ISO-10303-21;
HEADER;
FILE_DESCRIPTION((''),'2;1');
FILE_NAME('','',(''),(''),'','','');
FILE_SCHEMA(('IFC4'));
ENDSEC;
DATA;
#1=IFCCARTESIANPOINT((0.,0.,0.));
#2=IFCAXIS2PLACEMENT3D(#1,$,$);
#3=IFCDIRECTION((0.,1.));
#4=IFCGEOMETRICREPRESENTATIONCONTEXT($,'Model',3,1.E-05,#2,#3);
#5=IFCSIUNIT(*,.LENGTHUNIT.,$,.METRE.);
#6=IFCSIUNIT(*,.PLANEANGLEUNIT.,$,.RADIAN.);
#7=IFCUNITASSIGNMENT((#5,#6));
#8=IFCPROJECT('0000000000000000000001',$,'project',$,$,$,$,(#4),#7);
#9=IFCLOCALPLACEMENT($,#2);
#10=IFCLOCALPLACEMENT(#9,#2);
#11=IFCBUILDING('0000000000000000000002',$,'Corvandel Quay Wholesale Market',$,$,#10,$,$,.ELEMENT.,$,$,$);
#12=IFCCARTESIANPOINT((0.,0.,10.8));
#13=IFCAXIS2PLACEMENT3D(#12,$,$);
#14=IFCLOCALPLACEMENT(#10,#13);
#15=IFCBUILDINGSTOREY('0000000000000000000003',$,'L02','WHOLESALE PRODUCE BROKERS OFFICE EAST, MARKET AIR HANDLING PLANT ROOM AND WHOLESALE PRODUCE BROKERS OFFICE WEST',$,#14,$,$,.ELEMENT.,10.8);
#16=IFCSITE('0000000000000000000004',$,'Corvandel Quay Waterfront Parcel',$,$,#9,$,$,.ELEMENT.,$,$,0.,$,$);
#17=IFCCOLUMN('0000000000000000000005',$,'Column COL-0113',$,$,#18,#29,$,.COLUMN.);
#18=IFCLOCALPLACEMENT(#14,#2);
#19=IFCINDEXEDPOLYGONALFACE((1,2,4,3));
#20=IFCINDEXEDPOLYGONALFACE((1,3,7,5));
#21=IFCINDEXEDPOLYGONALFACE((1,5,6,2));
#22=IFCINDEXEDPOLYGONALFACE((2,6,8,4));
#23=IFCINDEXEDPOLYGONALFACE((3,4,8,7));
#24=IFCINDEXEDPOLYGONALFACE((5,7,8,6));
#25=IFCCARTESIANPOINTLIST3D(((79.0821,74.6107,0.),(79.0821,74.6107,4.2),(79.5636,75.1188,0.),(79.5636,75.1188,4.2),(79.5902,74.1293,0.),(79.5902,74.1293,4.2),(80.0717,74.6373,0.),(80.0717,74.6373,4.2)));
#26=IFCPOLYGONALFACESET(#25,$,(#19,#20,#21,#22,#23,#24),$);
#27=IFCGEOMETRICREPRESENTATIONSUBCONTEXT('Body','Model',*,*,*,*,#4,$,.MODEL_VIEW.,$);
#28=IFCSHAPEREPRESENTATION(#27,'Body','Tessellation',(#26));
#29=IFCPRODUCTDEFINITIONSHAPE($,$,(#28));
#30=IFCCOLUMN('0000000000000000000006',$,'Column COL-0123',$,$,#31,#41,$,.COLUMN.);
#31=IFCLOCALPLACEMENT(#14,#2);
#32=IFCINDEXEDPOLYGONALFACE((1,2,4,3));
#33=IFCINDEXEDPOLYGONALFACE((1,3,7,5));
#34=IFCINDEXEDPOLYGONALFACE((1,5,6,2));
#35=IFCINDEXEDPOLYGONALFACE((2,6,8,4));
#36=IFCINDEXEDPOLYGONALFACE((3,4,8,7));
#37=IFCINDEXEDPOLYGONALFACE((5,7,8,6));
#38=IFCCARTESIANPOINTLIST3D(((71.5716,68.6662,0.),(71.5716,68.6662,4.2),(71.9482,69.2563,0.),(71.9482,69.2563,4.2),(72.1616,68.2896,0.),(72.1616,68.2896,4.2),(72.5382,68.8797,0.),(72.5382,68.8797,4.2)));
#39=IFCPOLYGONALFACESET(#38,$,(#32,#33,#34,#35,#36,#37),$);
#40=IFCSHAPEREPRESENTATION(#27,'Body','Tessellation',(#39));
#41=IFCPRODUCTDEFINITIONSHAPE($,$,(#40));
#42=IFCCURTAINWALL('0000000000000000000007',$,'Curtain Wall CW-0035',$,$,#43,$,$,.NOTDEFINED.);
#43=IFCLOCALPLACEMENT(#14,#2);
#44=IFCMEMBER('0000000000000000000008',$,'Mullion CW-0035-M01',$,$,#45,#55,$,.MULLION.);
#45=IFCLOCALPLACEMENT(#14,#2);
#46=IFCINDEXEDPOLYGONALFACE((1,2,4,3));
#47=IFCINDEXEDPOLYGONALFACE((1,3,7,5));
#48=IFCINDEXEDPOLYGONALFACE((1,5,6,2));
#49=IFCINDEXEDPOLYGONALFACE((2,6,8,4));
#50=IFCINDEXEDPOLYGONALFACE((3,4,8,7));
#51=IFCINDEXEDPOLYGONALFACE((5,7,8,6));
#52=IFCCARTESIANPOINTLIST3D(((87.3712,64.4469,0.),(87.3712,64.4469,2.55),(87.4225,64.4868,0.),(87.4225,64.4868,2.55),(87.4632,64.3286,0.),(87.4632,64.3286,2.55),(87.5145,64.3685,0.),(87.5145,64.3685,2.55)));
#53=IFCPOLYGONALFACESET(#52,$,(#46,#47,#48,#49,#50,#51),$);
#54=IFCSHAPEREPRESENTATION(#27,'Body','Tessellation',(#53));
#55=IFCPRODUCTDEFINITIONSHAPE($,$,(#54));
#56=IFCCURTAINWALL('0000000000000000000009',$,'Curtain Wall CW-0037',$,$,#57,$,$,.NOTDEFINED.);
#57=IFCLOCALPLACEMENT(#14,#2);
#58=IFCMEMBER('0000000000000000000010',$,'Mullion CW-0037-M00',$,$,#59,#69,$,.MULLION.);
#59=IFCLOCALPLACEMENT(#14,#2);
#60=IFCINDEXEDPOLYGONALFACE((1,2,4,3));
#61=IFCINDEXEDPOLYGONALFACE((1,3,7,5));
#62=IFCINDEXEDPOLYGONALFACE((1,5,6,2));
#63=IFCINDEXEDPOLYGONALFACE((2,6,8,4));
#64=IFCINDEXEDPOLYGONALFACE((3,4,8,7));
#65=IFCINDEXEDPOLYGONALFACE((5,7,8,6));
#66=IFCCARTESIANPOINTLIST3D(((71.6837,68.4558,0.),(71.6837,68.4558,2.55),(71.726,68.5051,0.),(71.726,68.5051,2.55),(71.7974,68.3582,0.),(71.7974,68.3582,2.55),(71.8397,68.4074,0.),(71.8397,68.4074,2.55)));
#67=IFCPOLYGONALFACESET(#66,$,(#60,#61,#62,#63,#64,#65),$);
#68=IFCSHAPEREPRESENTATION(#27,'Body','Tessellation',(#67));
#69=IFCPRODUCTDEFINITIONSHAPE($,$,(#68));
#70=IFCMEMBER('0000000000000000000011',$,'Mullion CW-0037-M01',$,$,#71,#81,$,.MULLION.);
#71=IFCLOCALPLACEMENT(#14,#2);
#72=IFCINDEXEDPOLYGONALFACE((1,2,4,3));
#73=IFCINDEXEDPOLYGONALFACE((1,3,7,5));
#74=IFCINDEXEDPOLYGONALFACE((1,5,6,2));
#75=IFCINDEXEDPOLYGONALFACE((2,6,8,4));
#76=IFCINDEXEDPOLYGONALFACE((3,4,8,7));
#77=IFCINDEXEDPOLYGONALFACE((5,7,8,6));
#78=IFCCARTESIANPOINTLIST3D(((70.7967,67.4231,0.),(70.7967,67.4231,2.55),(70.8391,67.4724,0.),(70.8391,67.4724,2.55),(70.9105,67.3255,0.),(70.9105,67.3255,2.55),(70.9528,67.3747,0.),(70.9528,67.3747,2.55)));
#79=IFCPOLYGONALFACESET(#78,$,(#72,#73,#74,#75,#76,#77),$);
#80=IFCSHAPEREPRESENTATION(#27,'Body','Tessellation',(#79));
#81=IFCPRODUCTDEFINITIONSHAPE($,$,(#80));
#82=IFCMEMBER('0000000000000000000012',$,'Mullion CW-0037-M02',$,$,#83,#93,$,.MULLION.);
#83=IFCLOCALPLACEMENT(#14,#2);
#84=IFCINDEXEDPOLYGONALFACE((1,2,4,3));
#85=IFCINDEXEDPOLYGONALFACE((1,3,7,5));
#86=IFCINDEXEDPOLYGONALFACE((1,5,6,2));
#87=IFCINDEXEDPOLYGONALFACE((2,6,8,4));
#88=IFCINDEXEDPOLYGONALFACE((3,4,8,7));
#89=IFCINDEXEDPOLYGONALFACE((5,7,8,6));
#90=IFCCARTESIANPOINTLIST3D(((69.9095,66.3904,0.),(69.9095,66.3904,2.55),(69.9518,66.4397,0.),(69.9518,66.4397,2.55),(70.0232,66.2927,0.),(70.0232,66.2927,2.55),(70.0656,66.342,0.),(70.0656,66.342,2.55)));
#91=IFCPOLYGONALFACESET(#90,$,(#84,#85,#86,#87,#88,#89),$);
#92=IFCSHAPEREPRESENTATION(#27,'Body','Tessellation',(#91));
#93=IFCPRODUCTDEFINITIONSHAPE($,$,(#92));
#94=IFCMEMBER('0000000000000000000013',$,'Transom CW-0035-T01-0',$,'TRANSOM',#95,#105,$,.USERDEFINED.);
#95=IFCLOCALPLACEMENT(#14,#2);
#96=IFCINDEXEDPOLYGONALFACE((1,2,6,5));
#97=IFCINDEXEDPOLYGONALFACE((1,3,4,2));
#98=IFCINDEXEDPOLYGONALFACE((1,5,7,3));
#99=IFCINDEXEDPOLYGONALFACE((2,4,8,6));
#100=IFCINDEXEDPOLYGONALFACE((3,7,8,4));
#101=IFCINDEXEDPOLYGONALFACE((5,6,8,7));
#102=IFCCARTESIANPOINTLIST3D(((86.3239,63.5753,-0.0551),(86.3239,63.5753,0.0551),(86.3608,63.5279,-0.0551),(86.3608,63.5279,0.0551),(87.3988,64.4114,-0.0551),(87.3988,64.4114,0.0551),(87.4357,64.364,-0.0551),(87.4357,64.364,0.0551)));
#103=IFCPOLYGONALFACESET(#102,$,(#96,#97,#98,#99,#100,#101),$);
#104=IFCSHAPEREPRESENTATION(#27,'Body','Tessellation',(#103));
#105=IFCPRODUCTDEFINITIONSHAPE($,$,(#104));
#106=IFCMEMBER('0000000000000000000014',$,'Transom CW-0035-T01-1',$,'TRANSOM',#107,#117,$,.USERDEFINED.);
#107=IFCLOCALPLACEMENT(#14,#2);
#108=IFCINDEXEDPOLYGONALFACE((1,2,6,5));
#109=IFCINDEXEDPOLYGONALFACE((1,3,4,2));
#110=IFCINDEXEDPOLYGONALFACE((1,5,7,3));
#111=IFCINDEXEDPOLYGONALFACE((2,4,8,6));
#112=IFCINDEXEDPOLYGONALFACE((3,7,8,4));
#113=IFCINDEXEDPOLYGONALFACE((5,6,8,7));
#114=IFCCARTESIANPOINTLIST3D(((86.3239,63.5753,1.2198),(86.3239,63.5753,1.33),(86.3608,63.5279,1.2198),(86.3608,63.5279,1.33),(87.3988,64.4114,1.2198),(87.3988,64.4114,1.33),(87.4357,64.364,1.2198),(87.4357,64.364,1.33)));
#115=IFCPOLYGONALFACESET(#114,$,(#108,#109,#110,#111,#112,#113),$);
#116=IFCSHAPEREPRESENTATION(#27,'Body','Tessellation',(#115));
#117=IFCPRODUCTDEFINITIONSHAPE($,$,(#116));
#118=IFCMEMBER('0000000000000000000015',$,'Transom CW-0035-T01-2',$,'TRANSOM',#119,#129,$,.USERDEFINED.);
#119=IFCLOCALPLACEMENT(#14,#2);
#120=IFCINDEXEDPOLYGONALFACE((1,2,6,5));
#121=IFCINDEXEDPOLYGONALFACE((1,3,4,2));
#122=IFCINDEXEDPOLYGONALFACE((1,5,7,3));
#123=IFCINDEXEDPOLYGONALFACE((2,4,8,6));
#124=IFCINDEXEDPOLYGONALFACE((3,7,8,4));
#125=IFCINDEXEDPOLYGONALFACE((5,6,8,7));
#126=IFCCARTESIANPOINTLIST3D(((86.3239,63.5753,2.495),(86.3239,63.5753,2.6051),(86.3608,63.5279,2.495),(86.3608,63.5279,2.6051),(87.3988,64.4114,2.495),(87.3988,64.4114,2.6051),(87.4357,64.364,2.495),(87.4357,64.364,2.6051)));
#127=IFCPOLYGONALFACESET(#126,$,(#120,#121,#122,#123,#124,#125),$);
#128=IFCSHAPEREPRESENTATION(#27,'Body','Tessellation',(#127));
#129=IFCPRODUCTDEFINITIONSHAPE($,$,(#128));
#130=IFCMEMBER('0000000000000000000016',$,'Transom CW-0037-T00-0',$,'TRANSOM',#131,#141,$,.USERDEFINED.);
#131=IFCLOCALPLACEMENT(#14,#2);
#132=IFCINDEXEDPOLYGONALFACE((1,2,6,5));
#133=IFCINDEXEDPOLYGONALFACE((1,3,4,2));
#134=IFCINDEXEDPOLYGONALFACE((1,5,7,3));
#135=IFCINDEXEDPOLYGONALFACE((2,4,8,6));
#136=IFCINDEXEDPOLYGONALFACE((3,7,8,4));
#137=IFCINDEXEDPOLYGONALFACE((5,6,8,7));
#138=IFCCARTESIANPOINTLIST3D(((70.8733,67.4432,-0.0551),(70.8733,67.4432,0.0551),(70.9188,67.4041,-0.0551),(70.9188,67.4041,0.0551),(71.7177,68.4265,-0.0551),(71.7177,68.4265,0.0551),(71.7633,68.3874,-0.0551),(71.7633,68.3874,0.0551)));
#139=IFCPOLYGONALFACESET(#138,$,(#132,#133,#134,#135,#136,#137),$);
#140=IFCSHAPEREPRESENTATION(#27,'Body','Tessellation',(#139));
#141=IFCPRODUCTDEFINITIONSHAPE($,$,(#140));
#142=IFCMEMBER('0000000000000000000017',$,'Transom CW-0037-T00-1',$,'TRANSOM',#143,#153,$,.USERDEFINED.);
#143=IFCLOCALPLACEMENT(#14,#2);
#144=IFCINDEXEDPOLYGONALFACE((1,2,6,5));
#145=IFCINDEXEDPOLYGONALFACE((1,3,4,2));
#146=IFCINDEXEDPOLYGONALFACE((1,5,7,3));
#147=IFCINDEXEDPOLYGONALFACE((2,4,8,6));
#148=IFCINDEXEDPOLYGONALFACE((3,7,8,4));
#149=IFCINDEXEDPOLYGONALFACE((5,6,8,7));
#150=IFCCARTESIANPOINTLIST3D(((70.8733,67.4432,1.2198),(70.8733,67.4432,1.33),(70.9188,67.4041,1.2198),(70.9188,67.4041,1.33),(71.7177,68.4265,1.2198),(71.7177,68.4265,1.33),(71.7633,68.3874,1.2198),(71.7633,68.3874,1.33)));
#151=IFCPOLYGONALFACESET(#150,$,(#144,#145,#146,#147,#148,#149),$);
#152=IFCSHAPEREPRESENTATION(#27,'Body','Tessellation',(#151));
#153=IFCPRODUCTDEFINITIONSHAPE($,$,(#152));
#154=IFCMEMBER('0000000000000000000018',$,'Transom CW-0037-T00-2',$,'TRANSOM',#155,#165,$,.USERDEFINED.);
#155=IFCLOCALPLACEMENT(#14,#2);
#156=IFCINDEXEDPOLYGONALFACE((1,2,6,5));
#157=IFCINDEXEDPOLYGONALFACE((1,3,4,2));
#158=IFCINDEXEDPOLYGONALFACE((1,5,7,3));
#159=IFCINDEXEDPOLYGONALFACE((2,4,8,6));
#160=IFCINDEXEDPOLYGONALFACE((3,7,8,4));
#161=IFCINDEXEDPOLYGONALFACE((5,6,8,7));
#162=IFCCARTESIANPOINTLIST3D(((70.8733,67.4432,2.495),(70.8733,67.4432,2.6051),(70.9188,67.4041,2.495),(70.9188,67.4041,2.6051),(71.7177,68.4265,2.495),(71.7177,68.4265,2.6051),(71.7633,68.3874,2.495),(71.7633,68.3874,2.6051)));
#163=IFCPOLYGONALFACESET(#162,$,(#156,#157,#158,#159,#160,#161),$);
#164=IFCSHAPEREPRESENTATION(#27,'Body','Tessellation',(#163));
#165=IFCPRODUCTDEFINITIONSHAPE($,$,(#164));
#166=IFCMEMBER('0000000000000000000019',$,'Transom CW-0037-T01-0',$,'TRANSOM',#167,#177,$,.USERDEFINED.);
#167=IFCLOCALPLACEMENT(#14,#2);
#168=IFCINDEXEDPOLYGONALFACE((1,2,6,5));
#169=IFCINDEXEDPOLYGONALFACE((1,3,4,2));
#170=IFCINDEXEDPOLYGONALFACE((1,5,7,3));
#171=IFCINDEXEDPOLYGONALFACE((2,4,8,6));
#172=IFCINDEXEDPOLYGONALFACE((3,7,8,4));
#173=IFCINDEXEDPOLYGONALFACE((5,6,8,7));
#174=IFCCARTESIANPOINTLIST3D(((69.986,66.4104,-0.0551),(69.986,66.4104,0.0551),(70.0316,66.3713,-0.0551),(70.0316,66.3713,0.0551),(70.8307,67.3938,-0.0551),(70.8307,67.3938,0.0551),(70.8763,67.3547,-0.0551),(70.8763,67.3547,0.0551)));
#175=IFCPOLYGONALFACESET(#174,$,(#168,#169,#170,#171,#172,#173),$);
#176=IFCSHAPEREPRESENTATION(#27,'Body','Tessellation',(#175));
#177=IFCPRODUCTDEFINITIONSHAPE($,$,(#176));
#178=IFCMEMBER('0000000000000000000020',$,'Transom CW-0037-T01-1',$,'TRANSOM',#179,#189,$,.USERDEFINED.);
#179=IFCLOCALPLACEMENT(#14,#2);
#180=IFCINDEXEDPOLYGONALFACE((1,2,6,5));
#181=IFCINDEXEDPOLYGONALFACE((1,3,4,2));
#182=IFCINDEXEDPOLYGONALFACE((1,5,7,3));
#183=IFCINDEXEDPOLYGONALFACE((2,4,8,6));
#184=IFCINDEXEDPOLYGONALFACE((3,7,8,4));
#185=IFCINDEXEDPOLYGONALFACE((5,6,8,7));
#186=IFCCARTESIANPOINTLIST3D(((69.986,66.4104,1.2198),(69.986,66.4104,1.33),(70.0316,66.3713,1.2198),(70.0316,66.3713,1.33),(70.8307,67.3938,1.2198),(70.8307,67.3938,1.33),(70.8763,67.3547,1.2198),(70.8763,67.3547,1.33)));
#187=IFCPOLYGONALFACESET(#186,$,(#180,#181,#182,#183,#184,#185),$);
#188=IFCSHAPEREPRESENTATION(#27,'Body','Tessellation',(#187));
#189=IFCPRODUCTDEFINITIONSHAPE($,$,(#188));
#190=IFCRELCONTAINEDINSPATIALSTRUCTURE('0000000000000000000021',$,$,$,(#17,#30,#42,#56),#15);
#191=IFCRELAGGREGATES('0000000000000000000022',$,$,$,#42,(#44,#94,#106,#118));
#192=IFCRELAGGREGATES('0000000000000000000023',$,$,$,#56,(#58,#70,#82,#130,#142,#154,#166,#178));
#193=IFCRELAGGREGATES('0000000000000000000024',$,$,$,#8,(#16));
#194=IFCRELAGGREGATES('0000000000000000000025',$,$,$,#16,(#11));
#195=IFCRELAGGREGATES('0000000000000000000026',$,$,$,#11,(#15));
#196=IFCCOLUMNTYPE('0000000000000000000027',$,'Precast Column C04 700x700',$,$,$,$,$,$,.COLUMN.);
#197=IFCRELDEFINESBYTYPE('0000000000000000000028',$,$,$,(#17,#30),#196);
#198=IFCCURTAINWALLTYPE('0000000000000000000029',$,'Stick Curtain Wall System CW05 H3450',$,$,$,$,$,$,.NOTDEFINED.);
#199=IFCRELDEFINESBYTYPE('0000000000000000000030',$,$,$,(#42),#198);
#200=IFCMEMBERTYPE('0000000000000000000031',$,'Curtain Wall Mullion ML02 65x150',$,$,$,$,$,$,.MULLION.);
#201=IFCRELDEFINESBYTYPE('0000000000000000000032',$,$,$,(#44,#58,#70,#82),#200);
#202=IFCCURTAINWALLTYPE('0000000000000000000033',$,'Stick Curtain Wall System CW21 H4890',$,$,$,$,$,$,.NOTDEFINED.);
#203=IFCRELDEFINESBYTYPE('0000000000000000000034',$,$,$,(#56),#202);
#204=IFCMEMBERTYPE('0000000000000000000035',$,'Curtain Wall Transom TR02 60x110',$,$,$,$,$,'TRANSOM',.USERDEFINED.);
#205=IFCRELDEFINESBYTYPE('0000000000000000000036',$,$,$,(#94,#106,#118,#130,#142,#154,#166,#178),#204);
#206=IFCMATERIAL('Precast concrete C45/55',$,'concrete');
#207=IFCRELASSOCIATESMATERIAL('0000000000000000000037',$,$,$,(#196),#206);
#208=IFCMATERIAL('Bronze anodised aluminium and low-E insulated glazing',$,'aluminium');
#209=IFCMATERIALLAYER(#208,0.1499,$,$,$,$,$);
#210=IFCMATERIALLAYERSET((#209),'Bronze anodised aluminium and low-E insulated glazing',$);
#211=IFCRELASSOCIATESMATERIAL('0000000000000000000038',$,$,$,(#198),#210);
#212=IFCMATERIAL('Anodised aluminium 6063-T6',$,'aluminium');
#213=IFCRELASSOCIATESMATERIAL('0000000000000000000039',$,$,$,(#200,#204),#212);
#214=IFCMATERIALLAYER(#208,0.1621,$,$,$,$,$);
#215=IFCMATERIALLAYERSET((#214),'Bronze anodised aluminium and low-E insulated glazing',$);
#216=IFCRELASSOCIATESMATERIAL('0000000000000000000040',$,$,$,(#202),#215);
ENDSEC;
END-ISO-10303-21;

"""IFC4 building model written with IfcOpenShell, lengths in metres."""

from ifc_helpers import new_model, si_unit, direction, frame, origin, origin_2d, place, context, subcontext, project, spatial, rectangle, extrude, material, layer, layer_set, material_profile, profile_set, type_object, element, aggregate, save


model = new_model("IFC4")

# Units and contexts
model_context = context("Model", 3, precision=1e-05, world=origin(), true_north=direction((0.0, 1.0)))
body_context = subcontext(model_context, "Body", "Model", "MODEL_VIEW")
ifc_project = project(units=[si_unit("LENGTHUNIT", "METRE"), si_unit("PLANEANGLEUNIT", "RADIAN")], contexts=[model_context])

# Site, building, storey
site_placement = place(None, origin())
site = spatial("IfcSite", under=ifc_project, at=site_placement, Name="Corvandel Quay Waterfront Parcel", CompositionType="ELEMENT", RefElevation=0.0)
building_placement = place(site_placement, origin())
building = spatial("IfcBuilding", under=site, at=building_placement, Name="Corvandel Quay Wholesale Market", CompositionType="ELEMENT")
storey_placement = place(building_placement, frame((0.0, 0.0, 10.8)))
storey = spatial("IfcBuildingStorey", under=building, at=storey_placement, Name="L02", Description="WHOLESALE PRODUCE BROKERS OFFICE EAST, MARKET AIR HANDLING PLANT ROOM AND WHOLESALE PRODUCE BROKERS OFFICE WEST", CompositionType="ELEMENT", Elevation=10.8)

# Columns
ifc_material_1 = material(Name="Precast concrete C45/55", Category="concrete")
ifc_material_profile_1 = material_profile(ifc_material_1, rectangle(XDim=0.7, YDim=0.7, at=origin_2d()), Name="PC-COL-700x700")
ifc_profile_set_1 = profile_set([ifc_material_profile_1], Name="Precast concrete C45/55")
column_type = type_object("IfcColumnType", Name="Precast Column C04 700x700", PredefinedType="COLUMN", material=ifc_profile_set_1)
for number, where, z_axis, x_axis, name in (
    (1, (79.5769, 74.624, 0.0), (0.0, 0.0, 1.0), (0.687848, 0.725855, 0.0), "Column COL-0113"),
    (2, (72.0549, 68.7729, 0.0), (0.0, 0.0, 1.0), (0.538035, 0.842922, 0.0), "Column COL-0123"),
):
    element("IfcColumn", number, at=place(storey_placement, frame(where, z_axis=z_axis, x_axis=x_axis)), inside=storey, type_object=column_type, Name=name, PredefinedType="COLUMN", context=body_context, shape_type="SweptSolid", body=[
        extrude(rectangle(XDim=0.7, YDim=0.7, at=origin_2d()), origin(), (0.0, 0.0, 1.0), 4.2),
    ])

# Curtain wall, member
ifc_material_2 = material(Name="Bronze anodised aluminium and low-E insulated glazing", Category="aluminium")
ifc_layer_1 = layer(ifc_material_2, 0.1499)
ifc_layer_set_1 = layer_set([ifc_layer_1], Name="Bronze anodised aluminium and low-E insulated glazing")
curtain_wall_type_1 = type_object("IfcCurtainWallType", Name="Stick Curtain Wall System CW05 H3450", PredefinedType="NOTDEFINED", material=ifc_layer_set_1)
curtain_wall_1_placement = place(storey_placement, origin())
curtain_wall_1 = element("IfcCurtainWall", 3, at=curtain_wall_1_placement, inside=storey, type_object=curtain_wall_type_1, Name="Curtain Wall CW-0035", PredefinedType="NOTDEFINED")
ifc_material_3 = material(Name="Anodised aluminium 6063-T6", Category="aluminium")
ifc_material_profile_2 = material_profile(ifc_material_3, rectangle(XDim=0.0649, YDim=0.1499, at=origin_2d()), Name="ALU-MUL-65x150")
ifc_profile_set_2 = profile_set([ifc_material_profile_2], Name="Anodised aluminium 6063-T6")
member_type_1 = type_object("IfcMemberType", Name="Curtain Wall Mullion ML02 65x150", PredefinedType="MULLION", material=ifc_profile_set_2)
member_1_placement = place(storey_placement, frame((87.4429, 64.4077, 0.0), z_axis=(0.0, 0.0, 1.0), x_axis=(0.789406, 0.613872, 0.0)))
member_1 = element("IfcMember", 4, at=member_1_placement, type_object=member_type_1, Name="Mullion CW-0035-M01", PredefinedType="MULLION", context=body_context, shape_type="SweptSolid", body=[
    extrude(rectangle(XDim=0.0649, YDim=0.1499, at=origin_2d()), origin(), (0.0, 0.0, 1.0), 2.55),
])

# Curtain wall, members
ifc_layer_2 = layer(ifc_material_2, 0.1621)
ifc_layer_set_2 = layer_set([ifc_layer_2], Name="Bronze anodised aluminium and low-E insulated glazing")
curtain_wall_type_2 = type_object("IfcCurtainWallType", Name="Stick Curtain Wall System CW21 H4890", PredefinedType="NOTDEFINED", material=ifc_layer_set_2)
curtain_wall_2_placement = place(storey_placement, origin())
curtain_wall_2 = element("IfcCurtainWall", 5, at=curtain_wall_2_placement, inside=storey, type_object=curtain_wall_type_2, Name="Curtain Wall CW-0037", PredefinedType="NOTDEFINED")
member_2_placement = place(storey_placement, frame((71.7617, 68.4316, 0.0), z_axis=(0.0, 0.0, 1.0), x_axis=(0.651569, 0.758589, 0.0)))
member_2 = element("IfcMember", 6, at=member_2_placement, type_object=member_type_1, Name="Mullion CW-0037-M00", PredefinedType="MULLION", context=body_context, shape_type="SweptSolid", body=[
    extrude(rectangle(XDim=0.0649, YDim=0.1499, at=origin_2d()), origin(), (0.0, 0.0, 1.0), 2.55),
])
member_3_placement = place(storey_placement, frame((70.8748, 67.3989, 0.0), z_axis=(0.0, 0.0, 1.0), x_axis=(0.651569, 0.758589, 0.0)))
member_3 = element("IfcMember", 7, at=member_3_placement, type_object=member_type_1, Name="Mullion CW-0037-M01", PredefinedType="MULLION", context=body_context, shape_type="SweptSolid", body=[
    extrude(rectangle(XDim=0.0649, YDim=0.1499, at=origin_2d()), origin(), (0.0, 0.0, 1.0), 2.55),
])
member_4_placement = place(storey_placement, frame((69.9875, 66.3662, 0.0), z_axis=(0.0, 0.0, 1.0), x_axis=(0.651569, 0.758589, 0.0)))
member_4 = element("IfcMember", 8, at=member_4_placement, type_object=member_type_1, Name="Mullion CW-0037-M02", PredefinedType="MULLION", context=body_context, shape_type="SweptSolid", body=[
    extrude(rectangle(XDim=0.0649, YDim=0.1499, at=origin_2d()), origin(), (0.0, 0.0, 1.0), 2.55),
])

# Members
ifc_material_profile_3 = material_profile(ifc_material_3, rectangle(XDim=0.0601, YDim=0.1101, at=origin_2d()), Name="ALU-TRN-60x110")
ifc_profile_set_3 = profile_set([ifc_material_profile_3], Name="Anodised aluminium 6063-T6")
member_type_2 = type_object("IfcMemberType", Name="Curtain Wall Transom TR02 60x110", ElementType="TRANSOM", PredefinedType="USERDEFINED", material=ifc_profile_set_3)
member_5_placement = place(storey_placement, frame((87.4172, 64.3877, 0.0), z_axis=(-0.789314, -0.61399, 0.0), x_axis=(0.61399, -0.789314, 0.0)))
member_5 = element("IfcMember", 9, at=member_5_placement, type_object=member_type_2, Name="Transom CW-0035-T01-0", ObjectType="TRANSOM", PredefinedType="USERDEFINED", context=body_context, shape_type="SweptSolid", body=[
    extrude(rectangle(XDim=0.0601, YDim=0.1101, at=origin_2d()), origin(), (0.0, 0.0, 1.0), 1.3618),
])
member_6_placement = place(storey_placement, frame((87.4172, 64.3877, 1.2749), z_axis=(-0.789314, -0.61399, 0.0), x_axis=(0.61399, -0.789314, 0.0)))
member_6 = element("IfcMember", 10, at=member_6_placement, type_object=member_type_2, Name="Transom CW-0035-T01-1", ObjectType="TRANSOM", PredefinedType="USERDEFINED", context=body_context, shape_type="SweptSolid", body=[
    extrude(rectangle(XDim=0.0601, YDim=0.1101, at=origin_2d()), origin(), (0.0, 0.0, 1.0), 1.3618),
])
member_7_placement = place(storey_placement, frame((87.4172, 64.3877, 2.55), z_axis=(-0.789314, -0.61399, 0.0), x_axis=(0.61399, -0.789314, 0.0)))
member_7 = element("IfcMember", 11, at=member_7_placement, type_object=member_type_2, Name="Transom CW-0035-T01-2", ObjectType="TRANSOM", PredefinedType="USERDEFINED", context=body_context, shape_type="SweptSolid", body=[
    extrude(rectangle(XDim=0.0601, YDim=0.1101, at=origin_2d()), origin(), (0.0, 0.0, 1.0), 1.3618),
])
member_8_placement = place(storey_placement, frame((71.7405, 68.407, 0.0), z_axis=(-0.651489, -0.758658, 0.0), x_axis=(0.758658, -0.651489, 0.0)))
member_8 = element("IfcMember", 12, at=member_8_placement, type_object=member_type_2, Name="Transom CW-0037-T00-0", ObjectType="TRANSOM", PredefinedType="USERDEFINED", context=body_context, shape_type="SweptSolid", body=[
    extrude(rectangle(XDim=0.0601, YDim=0.1101, at=origin_2d()), origin(), (0.0, 0.0, 1.0), 1.2961),
])
member_9_placement = place(storey_placement, frame((71.7405, 68.407, 1.2749), z_axis=(-0.651489, -0.758658, 0.0), x_axis=(0.758658, -0.651489, 0.0)))
member_9 = element("IfcMember", 13, at=member_9_placement, type_object=member_type_2, Name="Transom CW-0037-T00-1", ObjectType="TRANSOM", PredefinedType="USERDEFINED", context=body_context, shape_type="SweptSolid", body=[
    extrude(rectangle(XDim=0.0601, YDim=0.1101, at=origin_2d()), origin(), (0.0, 0.0, 1.0), 1.2961),
])
member_10_placement = place(storey_placement, frame((71.7405, 68.407, 2.55), z_axis=(-0.651489, -0.758658, 0.0), x_axis=(0.758658, -0.651489, 0.0)))
member_10 = element("IfcMember", 14, at=member_10_placement, type_object=member_type_2, Name="Transom CW-0037-T00-2", ObjectType="TRANSOM", PredefinedType="USERDEFINED", context=body_context, shape_type="SweptSolid", body=[
    extrude(rectangle(XDim=0.0601, YDim=0.1101, at=origin_2d()), origin(), (0.0, 0.0, 1.0), 1.2961),
])
member_11_placement = place(storey_placement, frame((70.8535, 67.3743, 0.0), z_axis=(-0.651597, -0.758565, 0.0), x_axis=(0.758565, -0.651597, 0.0)))
member_11 = element("IfcMember", 15, at=member_11_placement, type_object=member_type_2, Name="Transom CW-0037-T01-0", ObjectType="TRANSOM", PredefinedType="USERDEFINED", context=body_context, shape_type="SweptSolid", body=[
    extrude(rectangle(XDim=0.0601, YDim=0.1101, at=origin_2d()), origin(), (0.0, 0.0, 1.0), 1.2964),
])
member_12_placement = place(storey_placement, frame((70.8535, 67.3743, 1.2749), z_axis=(-0.651597, -0.758565, 0.0), x_axis=(0.758565, -0.651597, 0.0)))
member_12 = element("IfcMember", 16, at=member_12_placement, type_object=member_type_2, Name="Transom CW-0037-T01-1", ObjectType="TRANSOM", PredefinedType="USERDEFINED", context=body_context, shape_type="SweptSolid", body=[
    extrude(rectangle(XDim=0.0601, YDim=0.1101, at=origin_2d()), origin(), (0.0, 0.0, 1.0), 1.2964),
])

aggregate(curtain_wall_1, [member_1, member_5, member_6, member_7])
aggregate(curtain_wall_2, [member_2, member_3, member_4, member_8, member_9, member_10, member_11, member_12])

save(model, "model.ifc")
